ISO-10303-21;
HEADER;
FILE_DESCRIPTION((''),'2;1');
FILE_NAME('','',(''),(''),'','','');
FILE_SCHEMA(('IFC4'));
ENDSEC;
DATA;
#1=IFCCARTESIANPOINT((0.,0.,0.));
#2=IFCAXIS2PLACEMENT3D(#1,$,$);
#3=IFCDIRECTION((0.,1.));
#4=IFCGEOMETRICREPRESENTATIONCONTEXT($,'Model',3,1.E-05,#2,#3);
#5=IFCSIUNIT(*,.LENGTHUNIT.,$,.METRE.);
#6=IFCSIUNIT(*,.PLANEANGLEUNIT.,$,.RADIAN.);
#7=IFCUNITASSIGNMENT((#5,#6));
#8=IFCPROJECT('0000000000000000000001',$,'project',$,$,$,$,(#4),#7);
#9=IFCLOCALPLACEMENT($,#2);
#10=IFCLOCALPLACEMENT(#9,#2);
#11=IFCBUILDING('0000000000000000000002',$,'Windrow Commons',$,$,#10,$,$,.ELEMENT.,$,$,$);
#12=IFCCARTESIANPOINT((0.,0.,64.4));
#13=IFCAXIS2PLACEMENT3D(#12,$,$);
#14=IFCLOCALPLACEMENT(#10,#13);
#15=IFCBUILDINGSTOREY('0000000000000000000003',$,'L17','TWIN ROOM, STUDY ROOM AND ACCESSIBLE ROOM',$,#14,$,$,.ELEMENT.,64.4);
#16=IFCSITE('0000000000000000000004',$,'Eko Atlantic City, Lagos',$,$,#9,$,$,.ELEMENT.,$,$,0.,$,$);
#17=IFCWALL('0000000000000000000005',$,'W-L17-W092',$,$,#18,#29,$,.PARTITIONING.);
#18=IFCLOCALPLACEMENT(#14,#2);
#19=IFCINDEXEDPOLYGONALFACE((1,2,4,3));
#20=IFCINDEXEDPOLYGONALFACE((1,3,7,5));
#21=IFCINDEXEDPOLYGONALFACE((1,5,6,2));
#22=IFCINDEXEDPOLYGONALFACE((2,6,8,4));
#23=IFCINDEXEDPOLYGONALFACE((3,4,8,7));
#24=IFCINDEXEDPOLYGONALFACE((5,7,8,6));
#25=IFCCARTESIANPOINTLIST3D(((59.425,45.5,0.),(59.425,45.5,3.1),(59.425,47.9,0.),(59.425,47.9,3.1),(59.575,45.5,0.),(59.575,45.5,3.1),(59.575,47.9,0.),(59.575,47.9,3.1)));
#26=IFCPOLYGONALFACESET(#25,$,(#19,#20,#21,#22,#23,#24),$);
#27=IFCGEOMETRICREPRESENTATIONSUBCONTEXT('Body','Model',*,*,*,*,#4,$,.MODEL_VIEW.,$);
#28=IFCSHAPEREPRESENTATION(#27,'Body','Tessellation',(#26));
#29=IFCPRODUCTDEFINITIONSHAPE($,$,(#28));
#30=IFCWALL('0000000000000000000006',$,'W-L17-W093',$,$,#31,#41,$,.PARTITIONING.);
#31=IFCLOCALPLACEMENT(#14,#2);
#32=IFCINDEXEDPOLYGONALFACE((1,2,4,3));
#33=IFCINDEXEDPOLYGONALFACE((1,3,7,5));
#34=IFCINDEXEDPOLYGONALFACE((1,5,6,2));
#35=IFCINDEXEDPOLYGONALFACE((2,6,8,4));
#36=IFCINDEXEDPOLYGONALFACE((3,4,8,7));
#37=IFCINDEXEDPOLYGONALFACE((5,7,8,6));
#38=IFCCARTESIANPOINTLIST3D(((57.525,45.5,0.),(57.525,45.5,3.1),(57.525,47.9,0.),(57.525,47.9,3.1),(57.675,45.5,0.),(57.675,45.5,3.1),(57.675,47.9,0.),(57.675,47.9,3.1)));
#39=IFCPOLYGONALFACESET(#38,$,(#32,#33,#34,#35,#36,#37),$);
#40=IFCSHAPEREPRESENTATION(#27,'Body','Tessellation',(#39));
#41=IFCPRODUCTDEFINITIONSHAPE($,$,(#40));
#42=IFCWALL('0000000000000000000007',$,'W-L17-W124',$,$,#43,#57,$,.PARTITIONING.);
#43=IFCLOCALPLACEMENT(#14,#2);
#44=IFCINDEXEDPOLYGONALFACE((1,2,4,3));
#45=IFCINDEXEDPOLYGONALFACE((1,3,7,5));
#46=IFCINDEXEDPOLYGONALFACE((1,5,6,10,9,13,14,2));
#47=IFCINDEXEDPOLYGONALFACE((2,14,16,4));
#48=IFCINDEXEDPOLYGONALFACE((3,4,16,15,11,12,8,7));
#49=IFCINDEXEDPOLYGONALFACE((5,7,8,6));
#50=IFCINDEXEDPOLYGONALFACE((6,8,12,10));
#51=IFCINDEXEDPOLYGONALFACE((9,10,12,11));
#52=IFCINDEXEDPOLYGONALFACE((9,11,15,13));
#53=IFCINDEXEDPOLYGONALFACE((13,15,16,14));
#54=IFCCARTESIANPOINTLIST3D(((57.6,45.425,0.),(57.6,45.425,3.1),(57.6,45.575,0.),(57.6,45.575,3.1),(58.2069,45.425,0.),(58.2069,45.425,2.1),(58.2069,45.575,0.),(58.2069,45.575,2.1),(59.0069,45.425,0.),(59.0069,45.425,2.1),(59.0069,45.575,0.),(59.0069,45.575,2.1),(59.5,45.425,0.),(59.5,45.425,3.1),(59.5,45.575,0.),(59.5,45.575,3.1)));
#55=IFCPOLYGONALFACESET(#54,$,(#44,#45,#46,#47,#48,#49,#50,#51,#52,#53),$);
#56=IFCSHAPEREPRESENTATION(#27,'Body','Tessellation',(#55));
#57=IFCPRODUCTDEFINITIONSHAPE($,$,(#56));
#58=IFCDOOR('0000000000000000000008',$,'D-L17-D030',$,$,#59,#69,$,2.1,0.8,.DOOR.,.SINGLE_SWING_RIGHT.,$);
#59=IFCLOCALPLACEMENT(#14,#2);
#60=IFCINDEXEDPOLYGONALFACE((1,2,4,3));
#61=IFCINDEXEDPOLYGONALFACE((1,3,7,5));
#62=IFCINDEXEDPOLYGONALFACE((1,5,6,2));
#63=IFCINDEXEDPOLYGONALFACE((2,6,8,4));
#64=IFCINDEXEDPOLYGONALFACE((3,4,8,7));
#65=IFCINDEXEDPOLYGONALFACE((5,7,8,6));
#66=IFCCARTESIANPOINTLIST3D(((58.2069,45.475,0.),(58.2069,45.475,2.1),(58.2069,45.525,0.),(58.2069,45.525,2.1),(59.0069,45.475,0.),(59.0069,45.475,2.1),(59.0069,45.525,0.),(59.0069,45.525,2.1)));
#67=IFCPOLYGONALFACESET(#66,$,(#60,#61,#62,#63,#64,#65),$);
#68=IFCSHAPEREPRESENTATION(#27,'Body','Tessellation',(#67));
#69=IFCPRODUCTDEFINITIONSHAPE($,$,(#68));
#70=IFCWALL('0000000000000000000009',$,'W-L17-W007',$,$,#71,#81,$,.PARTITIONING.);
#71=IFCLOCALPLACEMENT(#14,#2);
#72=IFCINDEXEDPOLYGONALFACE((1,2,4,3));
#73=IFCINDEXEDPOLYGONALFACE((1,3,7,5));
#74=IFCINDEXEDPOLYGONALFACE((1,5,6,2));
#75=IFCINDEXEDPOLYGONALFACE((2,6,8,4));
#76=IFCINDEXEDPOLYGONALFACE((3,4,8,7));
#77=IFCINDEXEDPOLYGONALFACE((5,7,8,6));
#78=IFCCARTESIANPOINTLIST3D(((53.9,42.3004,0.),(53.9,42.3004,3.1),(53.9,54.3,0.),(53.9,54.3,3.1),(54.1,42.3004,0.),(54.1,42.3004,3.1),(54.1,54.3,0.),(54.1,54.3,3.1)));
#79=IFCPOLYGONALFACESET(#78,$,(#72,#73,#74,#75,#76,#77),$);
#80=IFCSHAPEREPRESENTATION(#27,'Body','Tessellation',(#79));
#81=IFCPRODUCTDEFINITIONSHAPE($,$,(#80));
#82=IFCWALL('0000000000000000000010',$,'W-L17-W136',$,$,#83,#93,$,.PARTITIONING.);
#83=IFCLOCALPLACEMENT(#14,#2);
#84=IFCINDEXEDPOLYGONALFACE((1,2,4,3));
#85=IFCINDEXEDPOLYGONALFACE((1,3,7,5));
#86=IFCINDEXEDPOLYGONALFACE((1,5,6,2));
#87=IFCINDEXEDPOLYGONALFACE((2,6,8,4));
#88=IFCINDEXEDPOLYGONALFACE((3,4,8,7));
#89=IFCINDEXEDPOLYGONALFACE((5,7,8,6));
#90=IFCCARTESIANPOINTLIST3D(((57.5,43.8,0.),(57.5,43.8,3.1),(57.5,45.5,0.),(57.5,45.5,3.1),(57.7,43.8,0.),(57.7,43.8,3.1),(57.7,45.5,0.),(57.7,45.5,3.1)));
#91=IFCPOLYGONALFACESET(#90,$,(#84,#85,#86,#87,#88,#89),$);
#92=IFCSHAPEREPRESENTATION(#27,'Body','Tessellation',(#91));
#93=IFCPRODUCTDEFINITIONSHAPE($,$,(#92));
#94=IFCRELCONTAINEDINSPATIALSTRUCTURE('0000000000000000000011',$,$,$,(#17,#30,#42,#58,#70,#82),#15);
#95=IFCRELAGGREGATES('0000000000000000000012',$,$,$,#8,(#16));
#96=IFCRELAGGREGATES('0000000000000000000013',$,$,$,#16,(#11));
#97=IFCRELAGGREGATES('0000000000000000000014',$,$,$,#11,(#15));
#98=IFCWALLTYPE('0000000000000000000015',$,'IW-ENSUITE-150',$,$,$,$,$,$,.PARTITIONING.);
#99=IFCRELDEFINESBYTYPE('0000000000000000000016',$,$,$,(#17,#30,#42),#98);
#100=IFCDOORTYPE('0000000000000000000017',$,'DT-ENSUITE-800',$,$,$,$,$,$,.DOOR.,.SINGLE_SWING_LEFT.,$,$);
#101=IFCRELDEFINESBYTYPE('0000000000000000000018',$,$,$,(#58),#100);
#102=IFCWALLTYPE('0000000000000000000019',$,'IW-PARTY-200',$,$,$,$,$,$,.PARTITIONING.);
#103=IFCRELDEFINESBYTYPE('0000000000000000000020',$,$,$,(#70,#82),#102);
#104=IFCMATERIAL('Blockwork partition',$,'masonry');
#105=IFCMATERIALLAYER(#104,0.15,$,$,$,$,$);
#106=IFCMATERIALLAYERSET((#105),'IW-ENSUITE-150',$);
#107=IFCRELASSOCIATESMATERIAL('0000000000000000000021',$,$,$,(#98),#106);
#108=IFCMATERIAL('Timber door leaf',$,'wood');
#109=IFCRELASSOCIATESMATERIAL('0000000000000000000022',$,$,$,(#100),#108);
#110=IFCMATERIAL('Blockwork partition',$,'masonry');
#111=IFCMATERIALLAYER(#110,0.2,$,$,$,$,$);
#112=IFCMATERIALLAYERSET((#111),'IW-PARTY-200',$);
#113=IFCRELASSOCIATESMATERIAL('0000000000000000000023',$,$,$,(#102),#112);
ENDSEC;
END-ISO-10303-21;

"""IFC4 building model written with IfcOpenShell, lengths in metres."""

from ifc_helpers import new_model, si_unit, direction, frame, frame_2d, origin, place, context, subcontext, project, spatial, rectangle, extrude, material, layer, layer_set, type_object, element, fill, save


model = new_model("IFC4")

# Units and contexts
model_context = context("Model", 3, precision=1e-05, world=origin(), true_north=direction((0.0, 1.0)))
body_context = subcontext(model_context, "Body", "Model", "MODEL_VIEW")
ifc_project = project(units=[si_unit("LENGTHUNIT", "METRE"), si_unit("PLANEANGLEUNIT", "RADIAN")], contexts=[model_context])

# Site, building, storey
site_placement = place(None, origin())
site = spatial("IfcSite", under=ifc_project, at=site_placement, Name="Eko Atlantic City, Lagos", CompositionType="ELEMENT", RefElevation=0.0)
building_placement = place(site_placement, origin())
building = spatial("IfcBuilding", under=site, at=building_placement, Name="Windrow Commons", CompositionType="ELEMENT")
storey_placement = place(building_placement, frame((0.0, 0.0, 64.4)))
storey = spatial("IfcBuildingStorey", under=building, at=storey_placement, Name="L17", Description="TWIN ROOM, STUDY ROOM AND ACCESSIBLE ROOM", CompositionType="ELEMENT", Elevation=64.4)

# Walls
ifc_material_1 = material(Name="Blockwork partition", Category="masonry")
ifc_layer_1 = layer(ifc_material_1, 0.15)
ifc_layer_set_1 = layer_set([ifc_layer_1], Name="IW-ENSUITE-150")
wall_type_1 = type_object("IfcWallType", Name="IW-ENSUITE-150", PredefinedType="PARTITIONING", material=ifc_layer_set_1)
for number, where, z_axis, x_axis, name in (
    (1, (59.5, 45.5, 0.0), (0.0, 0.0, 1.0), (0.0, 1.0, 0.0), "W-L17-W092"),
    (2, (57.6, 45.5, 0.0), (0.0, 0.0, 1.0), (0.0, 1.0, 0.0), "W-L17-W093"),
):
    element("IfcWall", number, at=place(storey_placement, frame(where, z_axis=z_axis, x_axis=x_axis)), inside=storey, type_object=wall_type_1, Name=name, PredefinedType="PARTITIONING", context=body_context, shape_type="SweptSolid", body=[
        extrude(rectangle(XDim=2.4, YDim=0.15, at=frame_2d((1.2, 0.0))), origin(), (0.0, 0.0, 1.0), 3.1),
    ])

# Wall, opening, door
wall_1_placement = place(storey_placement, frame((57.6, 45.5, 0.0), z_axis=(0.0, 0.0, 1.0), x_axis=(1.0, 0.0, 0.0)))
wall_1 = element("IfcWall", 3, at=wall_1_placement, inside=storey, type_object=wall_type_1, Name="W-L17-W124", PredefinedType="PARTITIONING", context=body_context, shape_type="SweptSolid", body=[
    extrude(rectangle(XDim=1.9, YDim=0.15, at=frame_2d((0.95, 0.0))), origin(), (0.0, 0.0, 1.0), 3.1),
])
opening_1_placement = place(wall_1_placement, frame((0.6069, 0.0, 0.0)))
opening_1 = element("IfcOpeningElement", 4, at=opening_1_placement, cuts=wall_1, PredefinedType="OPENING", context=body_context, shape_type="SweptSolid", body=[
    extrude(rectangle(XDim=0.8, YDim=2.1, at=frame_2d((0.4, 1.05))), frame((0.0, 0.085, 0.0), z_axis=(0.0, -1.0, 0.0), x_axis=(1.0, 0.0, 0.0)), (0.0, 0.0, 1.0), 0.17),
])
ifc_material_2 = material(Name="Timber door leaf", Category="wood")
door_type = type_object("IfcDoorType", Name="DT-ENSUITE-800", OperationType="SINGLE_SWING_LEFT", PredefinedType="DOOR", material=ifc_material_2)
door_placement = place(opening_1_placement, origin())
door = element("IfcDoor", 5, at=door_placement, inside=storey, type_object=door_type, Name="D-L17-D030", OperationType="SINGLE_SWING_RIGHT", OverallHeight=2.1, OverallWidth=0.8, PredefinedType="DOOR", context=body_context, shape_type="SweptSolid", body=[
    extrude(rectangle(XDim=0.8, YDim=2.1, at=frame_2d((0.4, 1.05))), frame((0.0, 0.025, 0.0), z_axis=(0.0, -1.0, 0.0), x_axis=(1.0, 0.0, 0.0)), (0.0, 0.0, 1.0), 0.05),
])
fill(opening_1, door)

# Walls
ifc_material_3 = material(Name="Blockwork partition", Category="masonry")
ifc_layer_2 = layer(ifc_material_3, 0.2)
ifc_layer_set_2 = layer_set([ifc_layer_2], Name="IW-PARTY-200")
wall_type_2 = type_object("IfcWallType", Name="IW-PARTY-200", PredefinedType="PARTITIONING", material=ifc_layer_set_2)
wall_2_placement = place(storey_placement, frame((54.0, 42.3004, 0.0), z_axis=(0.0, 0.0, 1.0), x_axis=(0.0, 1.0, 0.0)))
element("IfcWall", 6, at=wall_2_placement, inside=storey, type_object=wall_type_2, Name="W-L17-W007", PredefinedType="PARTITIONING", context=body_context, shape_type="SweptSolid", body=[
    extrude(rectangle(XDim=11.9996, YDim=0.2, at=frame_2d((5.9998, 0.0))), origin(), (0.0, 0.0, 1.0), 3.1),
])
wall_3_placement = place(storey_placement, frame((57.6, 43.8, 0.0), z_axis=(0.0, 0.0, 1.0), x_axis=(0.0, 1.0, 0.0)))
element("IfcWall", 7, at=wall_3_placement, inside=storey, type_object=wall_type_2, Name="W-L17-W136", PredefinedType="PARTITIONING", context=body_context, shape_type="SweptSolid", body=[
    extrude(rectangle(XDim=1.7, YDim=0.2, at=frame_2d((0.85, 0.0))), origin(), (0.0, 0.0, 1.0), 3.1),
])

save(model, "model.ifc")
